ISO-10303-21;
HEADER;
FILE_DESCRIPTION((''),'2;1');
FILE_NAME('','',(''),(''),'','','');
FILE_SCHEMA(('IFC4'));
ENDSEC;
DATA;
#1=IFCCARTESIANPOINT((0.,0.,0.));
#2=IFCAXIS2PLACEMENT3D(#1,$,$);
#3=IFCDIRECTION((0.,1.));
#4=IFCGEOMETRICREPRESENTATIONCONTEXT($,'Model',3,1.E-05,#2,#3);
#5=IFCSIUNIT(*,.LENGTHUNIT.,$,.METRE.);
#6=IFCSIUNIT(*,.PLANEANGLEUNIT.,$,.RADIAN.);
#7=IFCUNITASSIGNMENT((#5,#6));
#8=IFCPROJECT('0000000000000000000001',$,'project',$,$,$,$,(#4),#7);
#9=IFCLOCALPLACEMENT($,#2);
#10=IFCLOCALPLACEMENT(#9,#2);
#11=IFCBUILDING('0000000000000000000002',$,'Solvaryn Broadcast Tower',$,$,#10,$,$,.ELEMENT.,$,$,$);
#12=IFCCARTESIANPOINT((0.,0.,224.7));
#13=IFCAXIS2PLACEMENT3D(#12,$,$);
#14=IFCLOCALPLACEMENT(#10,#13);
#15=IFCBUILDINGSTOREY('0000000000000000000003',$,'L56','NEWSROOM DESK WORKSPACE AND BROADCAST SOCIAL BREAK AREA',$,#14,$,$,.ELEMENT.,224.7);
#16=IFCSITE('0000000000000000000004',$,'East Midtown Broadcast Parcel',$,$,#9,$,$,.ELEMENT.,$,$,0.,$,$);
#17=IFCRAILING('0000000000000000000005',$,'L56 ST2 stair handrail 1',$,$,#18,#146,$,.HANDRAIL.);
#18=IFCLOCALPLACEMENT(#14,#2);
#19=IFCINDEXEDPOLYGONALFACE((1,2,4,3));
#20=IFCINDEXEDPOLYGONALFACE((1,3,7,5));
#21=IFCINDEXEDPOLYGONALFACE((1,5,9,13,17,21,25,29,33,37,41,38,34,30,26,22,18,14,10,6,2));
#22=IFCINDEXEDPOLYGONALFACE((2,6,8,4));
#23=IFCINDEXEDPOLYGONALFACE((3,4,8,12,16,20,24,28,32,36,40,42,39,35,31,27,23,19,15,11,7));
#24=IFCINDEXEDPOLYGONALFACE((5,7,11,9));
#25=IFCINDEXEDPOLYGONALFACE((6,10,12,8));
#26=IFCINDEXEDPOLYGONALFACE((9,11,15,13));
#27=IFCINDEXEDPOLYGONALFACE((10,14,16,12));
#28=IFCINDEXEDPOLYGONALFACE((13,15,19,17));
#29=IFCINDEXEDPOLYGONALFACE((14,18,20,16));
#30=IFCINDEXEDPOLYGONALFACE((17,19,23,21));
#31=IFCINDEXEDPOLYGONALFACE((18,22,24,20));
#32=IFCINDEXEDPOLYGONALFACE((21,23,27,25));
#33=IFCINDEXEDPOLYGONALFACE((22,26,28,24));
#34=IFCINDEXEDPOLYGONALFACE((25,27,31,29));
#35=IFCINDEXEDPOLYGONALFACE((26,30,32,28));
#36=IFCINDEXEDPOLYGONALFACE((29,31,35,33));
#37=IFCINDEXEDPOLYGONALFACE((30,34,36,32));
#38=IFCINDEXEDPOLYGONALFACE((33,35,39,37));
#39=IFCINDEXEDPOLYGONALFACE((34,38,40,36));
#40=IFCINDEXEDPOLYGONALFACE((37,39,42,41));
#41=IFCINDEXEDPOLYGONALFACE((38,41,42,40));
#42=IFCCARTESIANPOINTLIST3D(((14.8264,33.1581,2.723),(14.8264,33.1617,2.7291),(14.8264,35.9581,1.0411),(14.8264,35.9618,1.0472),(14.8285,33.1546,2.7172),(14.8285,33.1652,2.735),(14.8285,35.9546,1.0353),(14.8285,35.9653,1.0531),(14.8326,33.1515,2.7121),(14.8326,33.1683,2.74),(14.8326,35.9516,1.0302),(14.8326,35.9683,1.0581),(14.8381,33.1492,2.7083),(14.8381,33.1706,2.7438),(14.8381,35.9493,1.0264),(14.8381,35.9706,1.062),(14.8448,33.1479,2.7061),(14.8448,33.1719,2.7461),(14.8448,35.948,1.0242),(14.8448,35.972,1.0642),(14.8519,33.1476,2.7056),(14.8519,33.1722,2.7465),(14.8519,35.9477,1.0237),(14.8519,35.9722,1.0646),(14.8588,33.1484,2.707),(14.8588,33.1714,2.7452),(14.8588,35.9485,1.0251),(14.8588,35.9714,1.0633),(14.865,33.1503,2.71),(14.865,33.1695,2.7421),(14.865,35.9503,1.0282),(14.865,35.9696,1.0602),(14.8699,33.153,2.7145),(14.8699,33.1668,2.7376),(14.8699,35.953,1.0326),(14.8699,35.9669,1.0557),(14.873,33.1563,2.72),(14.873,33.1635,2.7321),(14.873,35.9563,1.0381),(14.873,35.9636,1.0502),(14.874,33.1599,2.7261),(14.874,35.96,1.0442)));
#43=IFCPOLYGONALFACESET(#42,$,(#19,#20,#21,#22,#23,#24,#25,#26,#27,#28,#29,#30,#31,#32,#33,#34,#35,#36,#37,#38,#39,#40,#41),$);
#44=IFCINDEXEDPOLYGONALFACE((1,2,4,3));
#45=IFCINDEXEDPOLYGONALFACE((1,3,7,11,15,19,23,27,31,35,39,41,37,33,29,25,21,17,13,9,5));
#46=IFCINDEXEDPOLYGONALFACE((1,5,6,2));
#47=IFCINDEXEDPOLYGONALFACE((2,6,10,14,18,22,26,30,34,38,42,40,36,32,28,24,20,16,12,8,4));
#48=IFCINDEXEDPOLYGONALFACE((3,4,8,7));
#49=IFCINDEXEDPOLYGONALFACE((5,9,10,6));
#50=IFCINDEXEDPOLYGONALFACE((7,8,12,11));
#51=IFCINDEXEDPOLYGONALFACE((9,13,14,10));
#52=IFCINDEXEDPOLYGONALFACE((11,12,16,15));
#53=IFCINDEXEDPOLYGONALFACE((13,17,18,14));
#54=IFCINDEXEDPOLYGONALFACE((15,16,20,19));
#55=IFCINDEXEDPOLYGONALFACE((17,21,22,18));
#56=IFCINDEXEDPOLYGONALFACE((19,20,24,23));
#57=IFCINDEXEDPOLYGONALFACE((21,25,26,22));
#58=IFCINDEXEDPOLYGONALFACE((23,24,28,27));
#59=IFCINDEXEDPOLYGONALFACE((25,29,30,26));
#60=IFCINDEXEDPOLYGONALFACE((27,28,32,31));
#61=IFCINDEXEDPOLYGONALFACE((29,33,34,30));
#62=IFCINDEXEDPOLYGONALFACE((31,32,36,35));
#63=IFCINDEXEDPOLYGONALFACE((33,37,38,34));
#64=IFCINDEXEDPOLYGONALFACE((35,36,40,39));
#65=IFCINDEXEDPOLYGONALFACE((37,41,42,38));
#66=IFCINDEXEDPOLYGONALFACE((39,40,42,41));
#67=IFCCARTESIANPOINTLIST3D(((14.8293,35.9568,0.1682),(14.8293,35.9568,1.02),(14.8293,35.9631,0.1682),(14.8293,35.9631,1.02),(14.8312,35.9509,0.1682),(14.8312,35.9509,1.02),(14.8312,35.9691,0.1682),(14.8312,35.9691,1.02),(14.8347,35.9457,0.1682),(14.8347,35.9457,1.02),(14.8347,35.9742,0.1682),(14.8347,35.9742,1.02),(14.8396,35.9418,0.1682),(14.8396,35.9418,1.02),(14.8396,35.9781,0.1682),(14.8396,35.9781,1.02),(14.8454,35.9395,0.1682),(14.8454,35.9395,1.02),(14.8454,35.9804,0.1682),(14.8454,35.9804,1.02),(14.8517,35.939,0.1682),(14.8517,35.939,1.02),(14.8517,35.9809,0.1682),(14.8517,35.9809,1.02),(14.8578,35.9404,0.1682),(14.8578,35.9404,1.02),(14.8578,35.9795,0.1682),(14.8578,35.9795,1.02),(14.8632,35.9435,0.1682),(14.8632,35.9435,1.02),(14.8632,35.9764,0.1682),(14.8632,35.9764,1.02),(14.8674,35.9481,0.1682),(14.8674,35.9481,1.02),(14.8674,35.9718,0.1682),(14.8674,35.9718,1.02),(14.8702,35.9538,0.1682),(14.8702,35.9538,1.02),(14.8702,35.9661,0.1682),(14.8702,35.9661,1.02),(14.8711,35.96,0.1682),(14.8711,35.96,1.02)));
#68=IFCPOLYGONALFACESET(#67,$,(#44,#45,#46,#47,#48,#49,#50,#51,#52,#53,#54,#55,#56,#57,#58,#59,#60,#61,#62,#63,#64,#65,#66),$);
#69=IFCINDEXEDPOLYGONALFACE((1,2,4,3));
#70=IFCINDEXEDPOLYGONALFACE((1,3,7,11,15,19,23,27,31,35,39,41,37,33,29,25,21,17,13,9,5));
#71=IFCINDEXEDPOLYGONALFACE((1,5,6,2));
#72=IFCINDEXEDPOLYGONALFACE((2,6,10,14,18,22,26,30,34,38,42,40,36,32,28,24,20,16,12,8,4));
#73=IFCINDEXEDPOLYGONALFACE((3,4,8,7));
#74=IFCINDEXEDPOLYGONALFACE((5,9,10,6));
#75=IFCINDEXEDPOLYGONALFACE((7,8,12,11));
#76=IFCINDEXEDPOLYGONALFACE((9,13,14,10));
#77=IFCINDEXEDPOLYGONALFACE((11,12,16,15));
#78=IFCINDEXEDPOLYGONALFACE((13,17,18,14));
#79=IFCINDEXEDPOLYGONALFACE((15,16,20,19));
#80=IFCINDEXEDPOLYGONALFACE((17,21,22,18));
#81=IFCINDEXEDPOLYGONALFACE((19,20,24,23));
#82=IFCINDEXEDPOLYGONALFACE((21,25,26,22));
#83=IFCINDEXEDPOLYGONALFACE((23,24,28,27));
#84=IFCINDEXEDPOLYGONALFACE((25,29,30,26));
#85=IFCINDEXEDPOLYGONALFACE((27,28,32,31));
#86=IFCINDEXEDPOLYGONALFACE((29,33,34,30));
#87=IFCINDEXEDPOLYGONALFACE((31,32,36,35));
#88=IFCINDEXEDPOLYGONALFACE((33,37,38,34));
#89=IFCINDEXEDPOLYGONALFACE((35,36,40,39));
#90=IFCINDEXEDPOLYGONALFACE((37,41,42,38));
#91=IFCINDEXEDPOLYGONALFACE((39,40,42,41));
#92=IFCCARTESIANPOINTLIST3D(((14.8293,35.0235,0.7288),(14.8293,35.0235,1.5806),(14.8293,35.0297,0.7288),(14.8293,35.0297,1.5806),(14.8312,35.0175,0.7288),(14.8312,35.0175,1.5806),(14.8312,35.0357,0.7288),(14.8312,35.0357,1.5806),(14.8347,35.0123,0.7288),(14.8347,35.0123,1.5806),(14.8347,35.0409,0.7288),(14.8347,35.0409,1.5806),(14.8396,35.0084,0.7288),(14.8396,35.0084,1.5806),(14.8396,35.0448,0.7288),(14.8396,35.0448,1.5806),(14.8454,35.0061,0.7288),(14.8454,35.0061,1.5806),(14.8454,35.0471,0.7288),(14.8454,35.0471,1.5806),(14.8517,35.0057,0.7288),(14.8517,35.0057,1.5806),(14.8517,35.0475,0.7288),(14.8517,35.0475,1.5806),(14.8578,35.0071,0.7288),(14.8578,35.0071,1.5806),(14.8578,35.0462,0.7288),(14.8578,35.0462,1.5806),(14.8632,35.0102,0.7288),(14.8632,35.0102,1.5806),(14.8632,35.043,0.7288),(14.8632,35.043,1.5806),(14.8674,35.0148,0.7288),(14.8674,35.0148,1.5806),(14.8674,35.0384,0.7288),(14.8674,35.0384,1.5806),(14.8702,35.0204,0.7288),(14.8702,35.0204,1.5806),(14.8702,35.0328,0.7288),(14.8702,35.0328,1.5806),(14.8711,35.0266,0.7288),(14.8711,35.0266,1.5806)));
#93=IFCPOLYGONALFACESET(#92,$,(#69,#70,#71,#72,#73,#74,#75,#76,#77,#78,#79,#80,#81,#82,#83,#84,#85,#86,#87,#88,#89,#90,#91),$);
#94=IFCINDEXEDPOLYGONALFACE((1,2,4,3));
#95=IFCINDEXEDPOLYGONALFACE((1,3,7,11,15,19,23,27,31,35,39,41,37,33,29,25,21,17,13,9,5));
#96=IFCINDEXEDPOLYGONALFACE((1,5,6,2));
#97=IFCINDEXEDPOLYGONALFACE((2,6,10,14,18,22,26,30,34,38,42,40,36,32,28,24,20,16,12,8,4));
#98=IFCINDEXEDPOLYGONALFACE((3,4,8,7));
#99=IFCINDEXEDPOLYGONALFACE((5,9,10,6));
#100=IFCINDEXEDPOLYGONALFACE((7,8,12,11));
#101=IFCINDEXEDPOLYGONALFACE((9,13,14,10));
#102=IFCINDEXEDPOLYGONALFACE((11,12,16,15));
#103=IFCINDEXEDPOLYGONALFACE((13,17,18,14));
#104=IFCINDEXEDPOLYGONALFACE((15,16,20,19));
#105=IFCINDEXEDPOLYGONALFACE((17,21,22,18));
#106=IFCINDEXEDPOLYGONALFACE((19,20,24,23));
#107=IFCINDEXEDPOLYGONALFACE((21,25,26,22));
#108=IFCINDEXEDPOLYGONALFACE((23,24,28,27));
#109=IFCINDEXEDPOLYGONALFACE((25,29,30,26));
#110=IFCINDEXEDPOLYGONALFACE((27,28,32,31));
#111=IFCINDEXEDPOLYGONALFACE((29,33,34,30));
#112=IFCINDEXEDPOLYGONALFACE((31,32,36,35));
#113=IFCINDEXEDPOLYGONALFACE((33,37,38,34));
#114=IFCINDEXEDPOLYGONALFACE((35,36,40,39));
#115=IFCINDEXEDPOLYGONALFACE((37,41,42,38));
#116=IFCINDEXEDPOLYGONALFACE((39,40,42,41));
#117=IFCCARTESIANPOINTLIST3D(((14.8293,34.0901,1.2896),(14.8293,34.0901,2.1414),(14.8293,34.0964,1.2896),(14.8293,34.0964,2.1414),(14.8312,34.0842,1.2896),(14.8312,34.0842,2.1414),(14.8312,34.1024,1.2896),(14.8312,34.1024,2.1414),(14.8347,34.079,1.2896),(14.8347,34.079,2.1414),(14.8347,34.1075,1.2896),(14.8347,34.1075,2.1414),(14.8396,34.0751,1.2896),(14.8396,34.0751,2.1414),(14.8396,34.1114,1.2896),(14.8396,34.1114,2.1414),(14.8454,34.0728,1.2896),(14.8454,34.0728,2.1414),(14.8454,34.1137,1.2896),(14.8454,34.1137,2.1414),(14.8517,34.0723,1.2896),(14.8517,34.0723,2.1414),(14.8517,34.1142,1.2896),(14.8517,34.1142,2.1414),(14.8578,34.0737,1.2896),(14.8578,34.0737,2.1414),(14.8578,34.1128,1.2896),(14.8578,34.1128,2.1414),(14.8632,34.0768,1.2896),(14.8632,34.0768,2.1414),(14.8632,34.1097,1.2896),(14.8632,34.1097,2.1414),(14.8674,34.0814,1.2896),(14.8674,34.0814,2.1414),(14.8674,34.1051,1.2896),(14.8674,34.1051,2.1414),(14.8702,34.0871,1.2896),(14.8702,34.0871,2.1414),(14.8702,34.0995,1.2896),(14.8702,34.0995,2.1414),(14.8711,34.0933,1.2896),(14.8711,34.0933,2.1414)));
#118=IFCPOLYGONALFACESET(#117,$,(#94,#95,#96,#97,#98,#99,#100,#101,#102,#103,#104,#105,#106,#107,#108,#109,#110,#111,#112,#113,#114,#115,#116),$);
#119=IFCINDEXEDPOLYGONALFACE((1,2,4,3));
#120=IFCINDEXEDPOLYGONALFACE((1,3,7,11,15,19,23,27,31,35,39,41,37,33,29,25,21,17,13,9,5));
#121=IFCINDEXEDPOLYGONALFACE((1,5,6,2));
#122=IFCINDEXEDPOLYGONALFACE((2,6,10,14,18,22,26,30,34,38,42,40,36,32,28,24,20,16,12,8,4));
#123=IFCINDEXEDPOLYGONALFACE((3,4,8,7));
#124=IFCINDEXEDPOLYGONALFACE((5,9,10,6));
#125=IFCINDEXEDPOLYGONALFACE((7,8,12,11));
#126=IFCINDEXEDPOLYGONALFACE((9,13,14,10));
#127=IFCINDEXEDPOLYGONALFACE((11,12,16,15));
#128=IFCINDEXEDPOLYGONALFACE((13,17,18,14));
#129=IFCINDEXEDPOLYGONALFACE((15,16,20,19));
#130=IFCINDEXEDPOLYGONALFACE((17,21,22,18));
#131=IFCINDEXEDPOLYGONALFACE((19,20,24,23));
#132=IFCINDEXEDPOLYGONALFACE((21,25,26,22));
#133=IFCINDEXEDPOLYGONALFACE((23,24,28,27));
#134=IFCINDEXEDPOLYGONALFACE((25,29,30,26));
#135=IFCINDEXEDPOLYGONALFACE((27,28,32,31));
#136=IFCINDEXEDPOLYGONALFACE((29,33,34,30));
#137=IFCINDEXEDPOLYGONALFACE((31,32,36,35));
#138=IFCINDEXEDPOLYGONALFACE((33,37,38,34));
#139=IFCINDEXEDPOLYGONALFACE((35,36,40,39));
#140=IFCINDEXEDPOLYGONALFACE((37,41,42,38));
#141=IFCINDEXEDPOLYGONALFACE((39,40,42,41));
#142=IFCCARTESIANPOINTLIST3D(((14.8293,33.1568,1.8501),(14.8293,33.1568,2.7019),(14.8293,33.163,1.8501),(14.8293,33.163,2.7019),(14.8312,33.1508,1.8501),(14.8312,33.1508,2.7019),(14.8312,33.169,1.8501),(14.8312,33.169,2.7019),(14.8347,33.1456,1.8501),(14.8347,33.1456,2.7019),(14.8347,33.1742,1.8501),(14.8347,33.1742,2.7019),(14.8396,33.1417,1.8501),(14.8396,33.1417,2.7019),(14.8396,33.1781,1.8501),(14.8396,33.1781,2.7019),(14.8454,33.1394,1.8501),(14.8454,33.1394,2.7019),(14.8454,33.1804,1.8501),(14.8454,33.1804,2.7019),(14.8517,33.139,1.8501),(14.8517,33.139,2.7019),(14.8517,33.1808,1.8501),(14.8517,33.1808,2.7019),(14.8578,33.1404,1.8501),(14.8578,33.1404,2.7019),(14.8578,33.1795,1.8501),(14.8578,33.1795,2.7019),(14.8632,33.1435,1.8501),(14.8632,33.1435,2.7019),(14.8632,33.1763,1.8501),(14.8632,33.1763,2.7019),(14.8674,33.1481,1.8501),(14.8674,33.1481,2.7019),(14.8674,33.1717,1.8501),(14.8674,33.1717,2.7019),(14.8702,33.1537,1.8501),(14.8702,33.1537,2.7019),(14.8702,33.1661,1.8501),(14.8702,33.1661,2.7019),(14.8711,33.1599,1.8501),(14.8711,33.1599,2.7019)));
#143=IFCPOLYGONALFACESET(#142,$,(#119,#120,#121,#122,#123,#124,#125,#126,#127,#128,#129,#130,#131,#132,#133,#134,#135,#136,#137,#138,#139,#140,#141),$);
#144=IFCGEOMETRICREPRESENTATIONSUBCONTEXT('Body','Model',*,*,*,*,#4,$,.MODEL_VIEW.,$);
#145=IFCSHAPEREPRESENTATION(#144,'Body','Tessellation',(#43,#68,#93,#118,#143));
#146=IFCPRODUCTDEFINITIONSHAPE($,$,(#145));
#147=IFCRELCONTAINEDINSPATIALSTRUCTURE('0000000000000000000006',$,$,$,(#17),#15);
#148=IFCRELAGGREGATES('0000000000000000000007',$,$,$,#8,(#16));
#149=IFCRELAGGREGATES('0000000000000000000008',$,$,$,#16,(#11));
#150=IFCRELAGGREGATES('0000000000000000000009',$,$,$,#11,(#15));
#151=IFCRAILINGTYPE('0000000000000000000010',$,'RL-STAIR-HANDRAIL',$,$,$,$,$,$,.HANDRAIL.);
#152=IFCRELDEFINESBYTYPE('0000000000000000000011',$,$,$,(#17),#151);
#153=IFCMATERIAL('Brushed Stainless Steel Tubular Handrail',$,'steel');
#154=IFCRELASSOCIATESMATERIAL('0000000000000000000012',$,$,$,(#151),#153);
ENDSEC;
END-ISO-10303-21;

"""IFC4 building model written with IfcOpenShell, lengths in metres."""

from ifc_helpers import new_model, si_unit, direction, frame, origin, origin_2d, place, context, subcontext, project, spatial, circle, extrude, material, type_object, element, save


model = new_model("IFC4")

# Units and contexts
model_context = context("Model", 3, precision=1e-05, world=origin(), true_north=direction((0.0, 1.0)))
body_context = subcontext(model_context, "Body", "Model", "MODEL_VIEW")
ifc_project = project(units=[si_unit("LENGTHUNIT", "METRE"), si_unit("PLANEANGLEUNIT", "RADIAN")], contexts=[model_context])

# Site, building, storey
site_placement = place(None, origin())
site = spatial("IfcSite", under=ifc_project, at=site_placement, Name="East Midtown Broadcast Parcel", CompositionType="ELEMENT", RefElevation=0.0)
building_placement = place(site_placement, origin())
building = spatial("IfcBuilding", under=site, at=building_placement, Name="Solvaryn Broadcast Tower", CompositionType="ELEMENT")
storey_placement = place(building_placement, frame((0.0, 0.0, 224.7)))
storey = spatial("IfcBuildingStorey", under=building, at=storey_placement, Name="L56", Description="NEWSROOM DESK WORKSPACE AND BROADCAST SOCIAL BREAK AREA", CompositionType="ELEMENT", Elevation=224.7)

# Railing
ifc_material_1 = material(Name="Brushed Stainless Steel Tubular Handrail", Category="steel")
railing_type_1 = type_object("IfcRailingType", Name="RL-STAIR-HANDRAIL", PredefinedType="HANDRAIL", material=ifc_material_1)
railing_1_placement = place(storey_placement, frame((14.8501, 35.96, 0.1682)))
element("IfcRailing", 1, at=railing_1_placement, inside=storey, type_object=railing_type_1, Name="L56 ST2 stair handrail 1", PredefinedType="HANDRAIL", context=body_context, shape_type="SweptSolid", body=[
    extrude(circle(Radius=0.0239, at=origin_2d()), frame((0.0, 0.0, 0.876), z_axis=(0.0, -0.857242, 0.514913), x_axis=(1.0, 0.0, 0.0)), (0.0, 0.0, 1.0), 3.2664),
    extrude(circle(Radius=0.021, at=origin_2d()), origin(), (0.0, 0.0, 1.0), 0.8518),
    extrude(circle(Radius=0.021, at=origin_2d()), frame((0.0, -0.9333, 0.5605)), (0.0, 0.0, 1.0), 0.8518),
    extrude(circle(Radius=0.021, at=origin_2d()), frame((0.0, -1.8667, 1.1213)), (0.0, 0.0, 1.0), 0.8518),
    extrude(circle(Radius=0.021, at=origin_2d()), frame((0.0, -2.8, 1.6819)), (0.0, 0.0, 1.0), 0.8518),
])

save(model, "model.ifc")
